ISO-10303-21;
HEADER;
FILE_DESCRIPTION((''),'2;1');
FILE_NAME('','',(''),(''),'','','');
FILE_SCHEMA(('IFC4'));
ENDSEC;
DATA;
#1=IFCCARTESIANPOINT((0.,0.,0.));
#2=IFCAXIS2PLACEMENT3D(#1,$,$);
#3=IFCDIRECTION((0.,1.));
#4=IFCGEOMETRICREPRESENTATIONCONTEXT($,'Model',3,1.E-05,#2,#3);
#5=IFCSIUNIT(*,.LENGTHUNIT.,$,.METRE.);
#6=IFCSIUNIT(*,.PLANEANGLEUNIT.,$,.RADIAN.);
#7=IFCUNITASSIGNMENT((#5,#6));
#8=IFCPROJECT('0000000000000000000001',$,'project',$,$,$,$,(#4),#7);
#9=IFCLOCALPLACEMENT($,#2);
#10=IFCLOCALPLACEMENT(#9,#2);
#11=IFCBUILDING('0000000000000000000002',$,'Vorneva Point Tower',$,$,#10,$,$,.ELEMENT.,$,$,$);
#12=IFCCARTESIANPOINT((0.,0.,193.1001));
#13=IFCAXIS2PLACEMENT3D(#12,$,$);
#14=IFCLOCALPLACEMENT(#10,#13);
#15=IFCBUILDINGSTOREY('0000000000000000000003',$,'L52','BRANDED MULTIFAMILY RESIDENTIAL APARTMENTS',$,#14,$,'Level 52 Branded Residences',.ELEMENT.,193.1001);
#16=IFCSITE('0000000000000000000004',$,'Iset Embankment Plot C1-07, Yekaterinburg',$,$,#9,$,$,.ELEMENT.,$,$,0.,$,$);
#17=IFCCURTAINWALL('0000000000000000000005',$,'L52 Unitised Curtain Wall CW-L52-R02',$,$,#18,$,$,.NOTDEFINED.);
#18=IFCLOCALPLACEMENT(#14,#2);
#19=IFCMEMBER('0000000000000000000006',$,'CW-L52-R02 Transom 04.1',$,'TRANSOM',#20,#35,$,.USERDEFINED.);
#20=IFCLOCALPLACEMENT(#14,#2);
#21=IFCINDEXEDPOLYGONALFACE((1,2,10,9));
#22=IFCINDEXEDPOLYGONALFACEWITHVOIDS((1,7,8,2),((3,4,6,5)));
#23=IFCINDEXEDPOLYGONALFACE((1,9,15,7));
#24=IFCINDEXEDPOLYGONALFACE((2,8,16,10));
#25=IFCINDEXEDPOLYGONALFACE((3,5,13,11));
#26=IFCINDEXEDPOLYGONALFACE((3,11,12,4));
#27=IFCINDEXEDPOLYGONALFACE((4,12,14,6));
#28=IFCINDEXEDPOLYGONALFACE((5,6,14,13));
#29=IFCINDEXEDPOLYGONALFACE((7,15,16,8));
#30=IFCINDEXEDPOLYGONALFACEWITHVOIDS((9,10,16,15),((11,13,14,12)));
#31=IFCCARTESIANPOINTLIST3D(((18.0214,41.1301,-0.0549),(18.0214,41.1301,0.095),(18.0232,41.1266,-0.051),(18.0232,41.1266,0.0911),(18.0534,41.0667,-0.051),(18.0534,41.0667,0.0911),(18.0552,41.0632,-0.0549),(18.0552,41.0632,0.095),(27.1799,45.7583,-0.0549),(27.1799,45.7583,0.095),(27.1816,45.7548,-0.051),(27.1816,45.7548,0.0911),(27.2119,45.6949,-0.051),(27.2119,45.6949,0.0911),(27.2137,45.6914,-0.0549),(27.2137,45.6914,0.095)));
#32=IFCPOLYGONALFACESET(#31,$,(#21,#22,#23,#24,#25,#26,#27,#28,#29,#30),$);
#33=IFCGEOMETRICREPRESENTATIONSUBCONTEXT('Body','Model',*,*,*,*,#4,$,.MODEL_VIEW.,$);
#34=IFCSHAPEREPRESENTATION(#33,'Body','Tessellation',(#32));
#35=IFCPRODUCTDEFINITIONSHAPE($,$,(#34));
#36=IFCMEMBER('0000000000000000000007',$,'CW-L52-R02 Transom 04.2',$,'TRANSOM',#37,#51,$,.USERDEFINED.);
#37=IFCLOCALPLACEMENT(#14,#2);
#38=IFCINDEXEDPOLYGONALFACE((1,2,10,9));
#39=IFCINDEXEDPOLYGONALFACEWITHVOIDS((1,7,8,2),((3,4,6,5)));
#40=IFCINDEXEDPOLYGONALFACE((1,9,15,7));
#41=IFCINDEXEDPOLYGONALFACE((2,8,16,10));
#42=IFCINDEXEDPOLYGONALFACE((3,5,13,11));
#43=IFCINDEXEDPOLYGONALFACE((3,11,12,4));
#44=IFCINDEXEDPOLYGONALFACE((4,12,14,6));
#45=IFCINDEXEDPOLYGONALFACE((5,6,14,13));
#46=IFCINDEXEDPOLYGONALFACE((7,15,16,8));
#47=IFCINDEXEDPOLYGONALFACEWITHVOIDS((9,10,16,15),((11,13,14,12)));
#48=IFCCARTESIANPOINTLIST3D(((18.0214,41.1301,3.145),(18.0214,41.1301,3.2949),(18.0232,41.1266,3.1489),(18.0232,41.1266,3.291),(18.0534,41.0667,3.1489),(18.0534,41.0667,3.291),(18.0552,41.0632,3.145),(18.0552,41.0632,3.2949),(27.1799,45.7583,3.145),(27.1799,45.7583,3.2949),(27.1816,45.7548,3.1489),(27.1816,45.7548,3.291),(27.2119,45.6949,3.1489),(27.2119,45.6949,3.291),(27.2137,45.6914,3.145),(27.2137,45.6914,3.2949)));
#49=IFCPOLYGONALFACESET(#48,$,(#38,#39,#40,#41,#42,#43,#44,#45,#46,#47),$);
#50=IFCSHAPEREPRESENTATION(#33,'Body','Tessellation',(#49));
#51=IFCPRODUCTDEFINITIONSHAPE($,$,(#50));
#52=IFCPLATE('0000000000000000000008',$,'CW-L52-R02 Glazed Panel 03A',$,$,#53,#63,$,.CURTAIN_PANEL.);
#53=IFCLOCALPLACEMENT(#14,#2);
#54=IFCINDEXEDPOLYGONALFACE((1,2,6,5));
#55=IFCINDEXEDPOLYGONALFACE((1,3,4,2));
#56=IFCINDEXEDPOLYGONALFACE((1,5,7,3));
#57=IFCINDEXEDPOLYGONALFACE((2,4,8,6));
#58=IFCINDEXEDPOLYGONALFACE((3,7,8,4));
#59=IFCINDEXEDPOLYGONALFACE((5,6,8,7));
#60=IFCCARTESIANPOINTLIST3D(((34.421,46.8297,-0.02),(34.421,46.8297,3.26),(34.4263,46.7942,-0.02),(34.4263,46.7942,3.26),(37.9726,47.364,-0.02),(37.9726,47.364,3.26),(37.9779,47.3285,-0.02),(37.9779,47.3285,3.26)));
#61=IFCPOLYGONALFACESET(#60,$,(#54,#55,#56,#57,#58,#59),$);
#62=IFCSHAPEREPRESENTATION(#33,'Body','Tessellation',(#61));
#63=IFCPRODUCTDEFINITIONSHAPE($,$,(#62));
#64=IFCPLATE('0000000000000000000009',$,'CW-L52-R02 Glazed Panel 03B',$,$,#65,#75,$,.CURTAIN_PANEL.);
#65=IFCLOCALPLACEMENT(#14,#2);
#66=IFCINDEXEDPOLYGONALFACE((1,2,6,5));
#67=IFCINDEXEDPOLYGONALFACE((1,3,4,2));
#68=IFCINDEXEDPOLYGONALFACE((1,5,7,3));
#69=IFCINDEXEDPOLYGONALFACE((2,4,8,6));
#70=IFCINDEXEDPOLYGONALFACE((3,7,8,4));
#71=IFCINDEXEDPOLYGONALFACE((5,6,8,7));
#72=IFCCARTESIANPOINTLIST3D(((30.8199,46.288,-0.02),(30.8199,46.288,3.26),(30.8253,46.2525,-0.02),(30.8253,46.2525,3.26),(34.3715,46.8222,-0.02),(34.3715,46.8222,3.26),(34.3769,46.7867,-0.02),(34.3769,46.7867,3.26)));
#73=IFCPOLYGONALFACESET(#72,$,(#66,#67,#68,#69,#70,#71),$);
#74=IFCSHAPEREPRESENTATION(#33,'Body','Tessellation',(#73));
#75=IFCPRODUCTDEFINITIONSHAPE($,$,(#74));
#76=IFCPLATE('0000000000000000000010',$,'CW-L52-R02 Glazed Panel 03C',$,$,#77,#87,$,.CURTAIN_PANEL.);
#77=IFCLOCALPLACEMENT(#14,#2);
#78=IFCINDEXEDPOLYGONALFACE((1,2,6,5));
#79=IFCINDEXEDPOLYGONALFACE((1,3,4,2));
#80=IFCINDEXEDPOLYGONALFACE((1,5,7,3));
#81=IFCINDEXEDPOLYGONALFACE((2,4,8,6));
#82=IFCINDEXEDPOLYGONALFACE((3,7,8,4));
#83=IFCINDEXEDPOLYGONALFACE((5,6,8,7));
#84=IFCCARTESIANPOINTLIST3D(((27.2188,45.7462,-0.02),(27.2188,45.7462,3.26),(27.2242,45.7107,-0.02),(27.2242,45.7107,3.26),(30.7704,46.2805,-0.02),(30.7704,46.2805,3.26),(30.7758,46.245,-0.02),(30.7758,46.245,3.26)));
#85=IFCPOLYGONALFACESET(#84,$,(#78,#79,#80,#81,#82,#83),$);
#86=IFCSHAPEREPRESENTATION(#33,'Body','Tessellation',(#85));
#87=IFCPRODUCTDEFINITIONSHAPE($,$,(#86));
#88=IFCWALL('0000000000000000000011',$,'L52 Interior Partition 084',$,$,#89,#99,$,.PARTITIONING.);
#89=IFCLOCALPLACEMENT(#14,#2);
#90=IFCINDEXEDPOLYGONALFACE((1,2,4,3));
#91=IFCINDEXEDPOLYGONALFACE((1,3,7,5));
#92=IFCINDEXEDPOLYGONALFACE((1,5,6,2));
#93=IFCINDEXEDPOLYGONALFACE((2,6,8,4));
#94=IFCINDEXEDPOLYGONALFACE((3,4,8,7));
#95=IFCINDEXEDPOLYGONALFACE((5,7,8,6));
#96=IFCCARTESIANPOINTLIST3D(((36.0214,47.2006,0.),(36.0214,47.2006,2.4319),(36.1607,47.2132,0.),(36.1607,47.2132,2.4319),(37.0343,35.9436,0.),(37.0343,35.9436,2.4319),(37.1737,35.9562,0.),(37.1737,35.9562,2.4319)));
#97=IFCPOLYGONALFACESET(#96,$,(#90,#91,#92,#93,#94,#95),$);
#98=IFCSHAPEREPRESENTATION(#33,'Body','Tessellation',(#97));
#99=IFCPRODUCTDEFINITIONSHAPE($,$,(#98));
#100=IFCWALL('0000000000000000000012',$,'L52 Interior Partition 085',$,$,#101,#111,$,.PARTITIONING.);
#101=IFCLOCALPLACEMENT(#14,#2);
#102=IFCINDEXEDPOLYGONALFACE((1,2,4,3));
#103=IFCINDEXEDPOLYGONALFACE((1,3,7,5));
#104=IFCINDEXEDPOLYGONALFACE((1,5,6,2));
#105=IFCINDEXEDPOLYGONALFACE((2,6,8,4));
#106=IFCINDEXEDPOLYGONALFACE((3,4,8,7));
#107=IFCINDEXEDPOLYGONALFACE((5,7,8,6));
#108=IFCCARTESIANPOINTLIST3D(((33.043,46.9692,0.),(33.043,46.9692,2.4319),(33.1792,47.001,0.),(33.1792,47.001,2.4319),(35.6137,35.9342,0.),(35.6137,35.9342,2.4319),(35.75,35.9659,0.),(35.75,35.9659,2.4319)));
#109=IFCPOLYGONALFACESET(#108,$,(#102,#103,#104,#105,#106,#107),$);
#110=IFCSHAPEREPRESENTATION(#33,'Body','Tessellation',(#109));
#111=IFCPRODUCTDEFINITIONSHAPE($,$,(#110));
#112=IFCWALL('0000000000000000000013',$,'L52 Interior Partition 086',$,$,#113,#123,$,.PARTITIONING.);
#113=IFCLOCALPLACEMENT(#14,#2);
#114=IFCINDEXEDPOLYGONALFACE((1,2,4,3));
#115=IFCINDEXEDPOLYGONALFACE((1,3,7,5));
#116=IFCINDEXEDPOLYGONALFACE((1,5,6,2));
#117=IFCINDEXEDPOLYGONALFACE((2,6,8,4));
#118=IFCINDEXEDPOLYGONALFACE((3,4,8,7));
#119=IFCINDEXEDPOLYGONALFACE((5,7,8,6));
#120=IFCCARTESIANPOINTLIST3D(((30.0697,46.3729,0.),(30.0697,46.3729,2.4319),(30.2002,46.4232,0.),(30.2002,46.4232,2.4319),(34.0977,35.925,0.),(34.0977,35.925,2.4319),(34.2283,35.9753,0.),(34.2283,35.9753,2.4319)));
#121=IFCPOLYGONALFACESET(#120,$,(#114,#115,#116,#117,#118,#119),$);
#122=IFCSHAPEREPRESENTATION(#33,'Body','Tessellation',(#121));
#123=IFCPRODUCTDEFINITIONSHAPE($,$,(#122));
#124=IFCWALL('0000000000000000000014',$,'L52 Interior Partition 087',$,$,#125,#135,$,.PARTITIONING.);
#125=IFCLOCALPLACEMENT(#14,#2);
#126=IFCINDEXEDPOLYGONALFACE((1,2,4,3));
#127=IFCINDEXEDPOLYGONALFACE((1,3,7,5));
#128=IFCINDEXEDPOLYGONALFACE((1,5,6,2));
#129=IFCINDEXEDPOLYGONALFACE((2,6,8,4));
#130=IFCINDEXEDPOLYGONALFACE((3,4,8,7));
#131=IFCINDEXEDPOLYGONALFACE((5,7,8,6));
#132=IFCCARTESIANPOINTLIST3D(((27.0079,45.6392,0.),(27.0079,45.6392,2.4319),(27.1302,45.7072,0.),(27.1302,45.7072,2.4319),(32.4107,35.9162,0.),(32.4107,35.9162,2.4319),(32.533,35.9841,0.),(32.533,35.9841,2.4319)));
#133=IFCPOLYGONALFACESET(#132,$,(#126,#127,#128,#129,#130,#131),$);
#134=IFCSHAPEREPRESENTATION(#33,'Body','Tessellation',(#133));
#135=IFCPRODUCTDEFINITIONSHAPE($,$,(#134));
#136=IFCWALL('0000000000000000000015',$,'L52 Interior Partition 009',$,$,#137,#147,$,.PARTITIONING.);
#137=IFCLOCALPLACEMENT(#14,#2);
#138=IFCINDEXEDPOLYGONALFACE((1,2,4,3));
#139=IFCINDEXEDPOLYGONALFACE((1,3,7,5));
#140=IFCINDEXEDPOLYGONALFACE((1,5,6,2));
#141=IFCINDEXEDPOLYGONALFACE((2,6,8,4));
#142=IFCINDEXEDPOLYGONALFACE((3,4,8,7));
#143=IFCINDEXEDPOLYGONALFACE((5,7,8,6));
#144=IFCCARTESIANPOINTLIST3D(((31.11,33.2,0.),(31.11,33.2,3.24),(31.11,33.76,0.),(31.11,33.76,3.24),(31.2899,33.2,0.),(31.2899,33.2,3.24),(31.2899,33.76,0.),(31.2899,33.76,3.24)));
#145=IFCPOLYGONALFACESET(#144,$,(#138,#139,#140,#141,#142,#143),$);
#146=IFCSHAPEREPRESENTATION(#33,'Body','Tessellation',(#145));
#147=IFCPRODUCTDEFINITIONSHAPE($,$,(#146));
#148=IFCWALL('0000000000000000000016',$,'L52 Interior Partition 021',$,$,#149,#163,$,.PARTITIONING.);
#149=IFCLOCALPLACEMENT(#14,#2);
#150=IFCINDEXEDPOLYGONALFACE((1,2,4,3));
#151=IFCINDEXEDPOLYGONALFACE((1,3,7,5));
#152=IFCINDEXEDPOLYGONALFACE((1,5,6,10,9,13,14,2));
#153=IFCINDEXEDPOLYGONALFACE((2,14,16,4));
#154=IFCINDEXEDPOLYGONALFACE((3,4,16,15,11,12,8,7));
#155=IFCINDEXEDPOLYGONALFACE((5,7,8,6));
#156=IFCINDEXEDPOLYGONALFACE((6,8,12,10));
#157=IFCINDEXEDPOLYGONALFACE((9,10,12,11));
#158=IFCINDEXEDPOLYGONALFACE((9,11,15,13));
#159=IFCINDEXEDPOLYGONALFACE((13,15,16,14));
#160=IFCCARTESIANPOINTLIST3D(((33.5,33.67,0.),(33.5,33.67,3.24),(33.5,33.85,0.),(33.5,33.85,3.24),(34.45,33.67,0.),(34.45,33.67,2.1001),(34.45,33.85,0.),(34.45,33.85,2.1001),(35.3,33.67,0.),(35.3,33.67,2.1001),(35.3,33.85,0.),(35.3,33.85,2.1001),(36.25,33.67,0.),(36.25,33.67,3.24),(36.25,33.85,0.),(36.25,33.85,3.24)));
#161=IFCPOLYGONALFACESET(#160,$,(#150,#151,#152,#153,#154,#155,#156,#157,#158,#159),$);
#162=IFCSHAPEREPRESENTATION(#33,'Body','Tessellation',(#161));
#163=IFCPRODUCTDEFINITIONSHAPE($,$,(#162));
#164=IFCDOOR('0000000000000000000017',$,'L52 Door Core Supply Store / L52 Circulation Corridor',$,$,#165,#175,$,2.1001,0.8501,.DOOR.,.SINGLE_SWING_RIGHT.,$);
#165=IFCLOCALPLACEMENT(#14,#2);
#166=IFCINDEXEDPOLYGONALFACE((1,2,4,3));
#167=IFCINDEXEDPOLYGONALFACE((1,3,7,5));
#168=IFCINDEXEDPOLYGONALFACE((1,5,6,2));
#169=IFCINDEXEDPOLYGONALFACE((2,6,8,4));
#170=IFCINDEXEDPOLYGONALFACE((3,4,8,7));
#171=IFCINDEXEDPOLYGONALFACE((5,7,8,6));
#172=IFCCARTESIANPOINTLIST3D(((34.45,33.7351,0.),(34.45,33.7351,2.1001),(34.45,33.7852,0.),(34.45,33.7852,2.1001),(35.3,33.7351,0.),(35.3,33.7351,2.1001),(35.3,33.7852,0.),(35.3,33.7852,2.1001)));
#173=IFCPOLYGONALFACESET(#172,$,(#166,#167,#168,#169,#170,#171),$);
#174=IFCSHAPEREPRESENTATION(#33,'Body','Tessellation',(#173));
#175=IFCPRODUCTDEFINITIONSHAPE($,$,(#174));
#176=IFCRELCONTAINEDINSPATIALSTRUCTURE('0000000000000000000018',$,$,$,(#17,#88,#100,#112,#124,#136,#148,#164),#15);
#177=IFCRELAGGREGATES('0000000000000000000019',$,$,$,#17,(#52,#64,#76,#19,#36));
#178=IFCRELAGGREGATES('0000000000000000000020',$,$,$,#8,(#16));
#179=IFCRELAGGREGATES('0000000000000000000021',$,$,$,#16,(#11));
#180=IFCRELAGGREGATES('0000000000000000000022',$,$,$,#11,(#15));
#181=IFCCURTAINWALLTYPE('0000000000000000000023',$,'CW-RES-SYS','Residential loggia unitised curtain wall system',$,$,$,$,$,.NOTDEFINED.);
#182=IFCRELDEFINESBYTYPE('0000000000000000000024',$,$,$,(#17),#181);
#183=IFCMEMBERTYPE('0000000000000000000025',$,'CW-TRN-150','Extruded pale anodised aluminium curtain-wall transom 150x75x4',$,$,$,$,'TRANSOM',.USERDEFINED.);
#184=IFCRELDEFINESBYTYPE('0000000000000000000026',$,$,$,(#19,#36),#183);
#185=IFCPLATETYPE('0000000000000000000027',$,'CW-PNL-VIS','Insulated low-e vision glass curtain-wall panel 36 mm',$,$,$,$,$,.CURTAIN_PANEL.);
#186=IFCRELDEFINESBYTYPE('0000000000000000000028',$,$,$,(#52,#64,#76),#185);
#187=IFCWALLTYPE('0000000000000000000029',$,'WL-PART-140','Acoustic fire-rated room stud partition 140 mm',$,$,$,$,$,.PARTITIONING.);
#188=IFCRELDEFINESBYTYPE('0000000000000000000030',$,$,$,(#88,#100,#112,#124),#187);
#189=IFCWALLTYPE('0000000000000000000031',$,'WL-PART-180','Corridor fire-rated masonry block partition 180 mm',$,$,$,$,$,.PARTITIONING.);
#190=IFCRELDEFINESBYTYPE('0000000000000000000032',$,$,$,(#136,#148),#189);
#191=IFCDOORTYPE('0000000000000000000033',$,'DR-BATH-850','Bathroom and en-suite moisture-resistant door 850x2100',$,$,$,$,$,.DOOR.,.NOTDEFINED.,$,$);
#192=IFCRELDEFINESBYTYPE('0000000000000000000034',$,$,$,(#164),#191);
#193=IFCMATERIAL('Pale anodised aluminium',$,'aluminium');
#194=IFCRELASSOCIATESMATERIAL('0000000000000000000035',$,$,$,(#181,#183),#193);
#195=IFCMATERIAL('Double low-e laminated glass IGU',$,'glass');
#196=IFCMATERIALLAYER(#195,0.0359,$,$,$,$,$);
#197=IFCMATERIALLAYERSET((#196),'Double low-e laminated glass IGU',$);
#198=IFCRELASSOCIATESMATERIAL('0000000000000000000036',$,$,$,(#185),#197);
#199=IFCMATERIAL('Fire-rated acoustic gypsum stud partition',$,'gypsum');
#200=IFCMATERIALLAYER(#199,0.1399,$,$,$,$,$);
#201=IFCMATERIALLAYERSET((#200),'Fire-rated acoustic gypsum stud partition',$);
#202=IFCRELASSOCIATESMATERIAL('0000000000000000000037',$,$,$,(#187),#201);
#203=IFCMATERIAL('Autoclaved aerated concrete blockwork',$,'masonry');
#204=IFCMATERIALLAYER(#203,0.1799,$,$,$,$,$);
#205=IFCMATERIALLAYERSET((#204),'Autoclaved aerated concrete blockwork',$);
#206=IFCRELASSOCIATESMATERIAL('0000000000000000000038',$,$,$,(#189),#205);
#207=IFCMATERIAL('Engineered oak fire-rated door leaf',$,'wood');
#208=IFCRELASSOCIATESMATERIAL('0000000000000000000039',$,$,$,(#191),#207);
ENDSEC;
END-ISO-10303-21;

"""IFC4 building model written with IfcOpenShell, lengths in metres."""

from ifc_helpers import new_model, si_unit, direction, frame, frame_2d, origin, origin_2d, place, context, subcontext, project, spatial, rectangle, hollow_rectangle, extrude, material, layer, layer_set, material_profile, profile_set, type_object, element, fill, aggregate, save


model = new_model("IFC4")

# Units and contexts
model_context = context("Model", 3, precision=1e-05, world=origin(), true_north=direction((0.0, 1.0)))
body_context = subcontext(model_context, "Body", "Model", "MODEL_VIEW")
ifc_project = project(units=[si_unit("LENGTHUNIT", "METRE"), si_unit("PLANEANGLEUNIT", "RADIAN")], contexts=[model_context])

# Site, building, storey
site_placement = place(None, origin())
site = spatial("IfcSite", under=ifc_project, at=site_placement, Name="Iset Embankment Plot C1-07, Yekaterinburg", CompositionType="ELEMENT", RefElevation=0.0)
building_placement = place(site_placement, origin())
building = spatial("IfcBuilding", under=site, at=building_placement, Name="Vorneva Point Tower", CompositionType="ELEMENT")
storey_placement = place(building_placement, frame((0.0, 0.0, 193.1001)))
storey = spatial("IfcBuildingStorey", under=building, at=storey_placement, Name="L52", Description="BRANDED MULTIFAMILY RESIDENTIAL APARTMENTS", LongName="Level 52 Branded Residences", CompositionType="ELEMENT", Elevation=193.1001)

# Curtain wall, members, plates
ifc_material_1 = material(Name="Pale anodised aluminium", Category="aluminium")
curtain_wall_type = type_object("IfcCurtainWallType", Name="CW-RES-SYS", Description="Residential loggia unitised curtain wall system", PredefinedType="NOTDEFINED", material=ifc_material_1)
curtain_wall_placement = place(storey_placement, origin())
curtain_wall = element("IfcCurtainWall", 1, at=curtain_wall_placement, inside=storey, type_object=curtain_wall_type, Name="L52 Unitised Curtain Wall CW-L52-R02", PredefinedType="NOTDEFINED")
ifc_material_profile_1 = material_profile(ifc_material_1, hollow_rectangle(XDim=0.075, YDim=0.1499, WallThickness=0.0039, at=origin_2d()), Name="AL-TRN 150x75x4")
ifc_profile_set_1 = profile_set([ifc_material_profile_1], Name="Pale anodised aluminium")
member_type_1 = type_object("IfcMemberType", Name="CW-TRN-150", Description="Extruded pale anodised aluminium curtain-wall transom 150x75x4", ElementType="TRANSOM", PredefinedType="USERDEFINED", material=ifc_profile_set_1)
member_1_placement = place(storey_placement, frame((27.1968, 45.7249, 0.02), z_axis=(-0.892511, -0.451026, 0.0), x_axis=(0.451026, -0.892511, 0.0)))
member_1 = element("IfcMember", 2, at=member_1_placement, type_object=member_type_1, Name="CW-L52-R02 Transom 04.1", ObjectType="TRANSOM", PredefinedType="USERDEFINED", context=body_context, shape_type="SweptSolid", body=[
    extrude(hollow_rectangle(XDim=0.075, YDim=0.1499, WallThickness=0.0039, at=origin_2d()), origin(), (0.0, 0.0, 1.0), 10.2615),
])
member_2_placement = place(storey_placement, frame((27.1968, 45.7249, 3.22), z_axis=(-0.892511, -0.451026, 0.0), x_axis=(0.451026, -0.892511, 0.0)))
member_2 = element("IfcMember", 3, at=member_2_placement, type_object=member_type_1, Name="CW-L52-R02 Transom 04.2", ObjectType="TRANSOM", PredefinedType="USERDEFINED", context=body_context, shape_type="SweptSolid", body=[
    extrude(hollow_rectangle(XDim=0.075, YDim=0.1499, WallThickness=0.0039, at=origin_2d()), origin(), (0.0, 0.0, 1.0), 10.2615),
])
ifc_material_2 = material(Name="Double low-e laminated glass IGU", Category="glass")
ifc_layer_1 = layer(ifc_material_2, 0.0359)
ifc_layer_set_1 = layer_set([ifc_layer_1], Name="Double low-e laminated glass IGU")
plate_type = type_object("IfcPlateType", Name="CW-PNL-VIS", Description="Insulated low-e vision glass curtain-wall panel 36 mm", PredefinedType="CURTAIN_PANEL", material=ifc_layer_set_1)
plate_1_placement = place(storey_placement, frame((36.1995, 47.0791, -0.02), z_axis=(0.0, 0.0, 1.0), x_axis=(-0.988874, -0.148759, 0.0)))
plate_1 = element("IfcPlate", 4, at=plate_1_placement, type_object=plate_type, Name="CW-L52-R02 Glazed Panel 03A", PredefinedType="CURTAIN_PANEL", context=body_context, shape_type="SweptSolid", body=[
    extrude(rectangle(XDim=3.5916, YDim=0.0359, at=origin_2d()), origin(), (0.0, 0.0, 1.0), 3.28),
])
plate_2_placement = place(storey_placement, frame((32.5984, 46.5374, -0.02), z_axis=(0.0, 0.0, 1.0), x_axis=(-0.988874, -0.148759, 0.0)))
plate_2 = element("IfcPlate", 5, at=plate_2_placement, type_object=plate_type, Name="CW-L52-R02 Glazed Panel 03B", PredefinedType="CURTAIN_PANEL", context=body_context, shape_type="SweptSolid", body=[
    extrude(rectangle(XDim=3.5916, YDim=0.0359, at=origin_2d()), origin(), (0.0, 0.0, 1.0), 3.28),
])
plate_3_placement = place(storey_placement, frame((28.9973, 45.9956, -0.02), z_axis=(0.0, 0.0, 1.0), x_axis=(-0.988874, -0.148759, 0.0)))
plate_3 = element("IfcPlate", 6, at=plate_3_placement, type_object=plate_type, Name="CW-L52-R02 Glazed Panel 03C", PredefinedType="CURTAIN_PANEL", context=body_context, shape_type="SweptSolid", body=[
    extrude(rectangle(XDim=3.5916, YDim=0.0359, at=origin_2d()), origin(), (0.0, 0.0, 1.0), 3.28),
])
aggregate(curtain_wall, [plate_1, plate_2, plate_3, member_1, member_2])

# Walls
ifc_material_3 = material(Name="Fire-rated acoustic gypsum stud partition", Category="gypsum")
ifc_layer_2 = layer(ifc_material_3, 0.1399)
ifc_layer_set_2 = layer_set([ifc_layer_2], Name="Fire-rated acoustic gypsum stud partition")
wall_type_1 = type_object("IfcWallType", Name="WL-PART-140", Description="Acoustic fire-rated room stud partition 140 mm", PredefinedType="PARTITIONING", material=ifc_layer_set_2)
wall_1_placement = place(storey_placement, frame((36.0911, 47.207, 0.0), z_axis=(0.0, 0.0, 1.0), x_axis=(0.08962, -0.995976, 0.0)))
element("IfcWall", 7, at=wall_1_placement, inside=storey, type_object=wall_type_1, Name="L52 Interior Partition 084", PredefinedType="PARTITIONING", context=body_context, shape_type="SweptSolid", body=[
    extrude(rectangle(XDim=11.3025, YDim=0.1399, at=frame_2d((5.6514, 0.0))), origin(), (0.0, 0.0, 1.0), 2.4319),
])
wall_2_placement = place(storey_placement, frame((33.1111, 46.9851, 0.0), z_axis=(0.0, 0.0, 1.0), x_axis=(0.226889, -0.973921, 0.0)))
element("IfcWall", 8, at=wall_2_placement, inside=storey, type_object=wall_type_1, Name="L52 Interior Partition 085", PredefinedType="PARTITIONING", context=body_context, shape_type="SweptSolid", body=[
    extrude(rectangle(XDim=11.3306, YDim=0.1399, at=frame_2d((5.6653, 0.0))), origin(), (0.0, 0.0, 1.0), 2.4319),
])
wall_3_placement = place(storey_placement, frame((30.135, 46.3979, 0.0), z_axis=(0.0, 0.0, 1.0), x_axis=(0.359727, -0.933058, 0.0)))
element("IfcWall", 9, at=wall_3_placement, inside=storey, type_object=wall_type_1, Name="L52 Interior Partition 086", PredefinedType="PARTITIONING", context=body_context, shape_type="SweptSolid", body=[
    extrude(rectangle(XDim=11.1975, YDim=0.1399, at=frame_2d((5.5986, 0.0))), origin(), (0.0, 0.0, 1.0), 2.4319),
])
wall_4_placement = place(storey_placement, frame((27.0691, 45.6731, 0.0), z_axis=(0.0, 0.0, 1.0), x_axis=(0.485717, -0.874116, 0.0)))
element("IfcWall", 10, at=wall_4_placement, inside=storey, type_object=wall_type_1, Name="L52 Interior Partition 087", PredefinedType="PARTITIONING", context=body_context, shape_type="SweptSolid", body=[
    extrude(rectangle(XDim=11.1233, YDim=0.1399, at=frame_2d((5.5615, 0.0))), origin(), (0.0, 0.0, 1.0), 2.4319),
])

# Shared definitions
ifc_material_4 = material(Name="Autoclaved aerated concrete blockwork", Category="masonry")
ifc_layer_3 = layer(ifc_material_4, 0.1799)
ifc_layer_set_3 = layer_set([ifc_layer_3], Name="Autoclaved aerated concrete blockwork")
wall_type_2 = type_object("IfcWallType", Name="WL-PART-180", Description="Corridor fire-rated masonry block partition 180 mm", PredefinedType="PARTITIONING", material=ifc_layer_set_3)

# Wall
wall_5_placement = place(storey_placement, frame((31.2, 33.76, 0.0), z_axis=(0.0, 0.0, 1.0), x_axis=(0.0, -1.0, 0.0)))
element("IfcWall", 11, at=wall_5_placement, inside=storey, type_object=wall_type_2, Name="L52 Interior Partition 009", PredefinedType="PARTITIONING", context=body_context, shape_type="SweptSolid", body=[
    extrude(rectangle(XDim=0.5601, YDim=0.1799, at=frame_2d((0.28, 0.0))), origin(), (0.0, 0.0, 1.0), 3.24),
])

# Wall, opening, door
wall_6_placement = place(storey_placement, frame((36.25, 33.76, 0.0), z_axis=(0.0, 0.0, 1.0), x_axis=(-1.0, 0.0, 0.0)))
wall_6 = element("IfcWall", 12, at=wall_6_placement, inside=storey, type_object=wall_type_2, Name="L52 Interior Partition 021", PredefinedType="PARTITIONING", context=body_context, shape_type="SweptSolid", body=[
    extrude(rectangle(XDim=2.75, YDim=0.1799, at=frame_2d((1.375, 0.0))), origin(), (0.0, 0.0, 1.0), 3.24),
])
opening_1_placement = place(wall_6_placement, frame((0.95, 0.0, 0.0)))
opening_1 = element("IfcOpeningElement", 13, at=opening_1_placement, cuts=wall_6, PredefinedType="OPENING", context=body_context, shape_type="SweptSolid", body=[
    extrude(rectangle(XDim=0.8501, YDim=2.1001, at=frame_2d((0.425, 1.05))), frame((0.0, 0.105, 0.0), z_axis=(0.0, -1.0, 0.0), x_axis=(1.0, 0.0, 0.0)), (0.0, 0.0, 1.0), 0.2097),
])
ifc_material_5 = material(Name="Engineered oak fire-rated door leaf", Category="wood")
door_type_1 = type_object("IfcDoorType", Name="DR-BATH-850", Description="Bathroom and en-suite moisture-resistant door 850x2100", OperationType="NOTDEFINED", PredefinedType="DOOR", material=ifc_material_5)
door_1_placement = place(opening_1_placement, origin())
door_1 = element("IfcDoor", 14, at=door_1_placement, inside=storey, type_object=door_type_1, Name="L52 Door Core Supply Store / L52 Circulation Corridor", OperationType="SINGLE_SWING_RIGHT", OverallHeight=2.1001, OverallWidth=0.8501, PredefinedType="DOOR", context=body_context, shape_type="SweptSolid", body=[
    extrude(rectangle(XDim=0.8501, YDim=2.1001, at=frame_2d((0.425, 1.05))), frame((0.0, 0.0249, 0.0), z_axis=(0.0, -1.0, 0.0), x_axis=(1.0, 0.0, 0.0)), (0.0, 0.0, 1.0), 0.05),
])
fill(opening_1, door_1)

save(model, "model.ifc")
